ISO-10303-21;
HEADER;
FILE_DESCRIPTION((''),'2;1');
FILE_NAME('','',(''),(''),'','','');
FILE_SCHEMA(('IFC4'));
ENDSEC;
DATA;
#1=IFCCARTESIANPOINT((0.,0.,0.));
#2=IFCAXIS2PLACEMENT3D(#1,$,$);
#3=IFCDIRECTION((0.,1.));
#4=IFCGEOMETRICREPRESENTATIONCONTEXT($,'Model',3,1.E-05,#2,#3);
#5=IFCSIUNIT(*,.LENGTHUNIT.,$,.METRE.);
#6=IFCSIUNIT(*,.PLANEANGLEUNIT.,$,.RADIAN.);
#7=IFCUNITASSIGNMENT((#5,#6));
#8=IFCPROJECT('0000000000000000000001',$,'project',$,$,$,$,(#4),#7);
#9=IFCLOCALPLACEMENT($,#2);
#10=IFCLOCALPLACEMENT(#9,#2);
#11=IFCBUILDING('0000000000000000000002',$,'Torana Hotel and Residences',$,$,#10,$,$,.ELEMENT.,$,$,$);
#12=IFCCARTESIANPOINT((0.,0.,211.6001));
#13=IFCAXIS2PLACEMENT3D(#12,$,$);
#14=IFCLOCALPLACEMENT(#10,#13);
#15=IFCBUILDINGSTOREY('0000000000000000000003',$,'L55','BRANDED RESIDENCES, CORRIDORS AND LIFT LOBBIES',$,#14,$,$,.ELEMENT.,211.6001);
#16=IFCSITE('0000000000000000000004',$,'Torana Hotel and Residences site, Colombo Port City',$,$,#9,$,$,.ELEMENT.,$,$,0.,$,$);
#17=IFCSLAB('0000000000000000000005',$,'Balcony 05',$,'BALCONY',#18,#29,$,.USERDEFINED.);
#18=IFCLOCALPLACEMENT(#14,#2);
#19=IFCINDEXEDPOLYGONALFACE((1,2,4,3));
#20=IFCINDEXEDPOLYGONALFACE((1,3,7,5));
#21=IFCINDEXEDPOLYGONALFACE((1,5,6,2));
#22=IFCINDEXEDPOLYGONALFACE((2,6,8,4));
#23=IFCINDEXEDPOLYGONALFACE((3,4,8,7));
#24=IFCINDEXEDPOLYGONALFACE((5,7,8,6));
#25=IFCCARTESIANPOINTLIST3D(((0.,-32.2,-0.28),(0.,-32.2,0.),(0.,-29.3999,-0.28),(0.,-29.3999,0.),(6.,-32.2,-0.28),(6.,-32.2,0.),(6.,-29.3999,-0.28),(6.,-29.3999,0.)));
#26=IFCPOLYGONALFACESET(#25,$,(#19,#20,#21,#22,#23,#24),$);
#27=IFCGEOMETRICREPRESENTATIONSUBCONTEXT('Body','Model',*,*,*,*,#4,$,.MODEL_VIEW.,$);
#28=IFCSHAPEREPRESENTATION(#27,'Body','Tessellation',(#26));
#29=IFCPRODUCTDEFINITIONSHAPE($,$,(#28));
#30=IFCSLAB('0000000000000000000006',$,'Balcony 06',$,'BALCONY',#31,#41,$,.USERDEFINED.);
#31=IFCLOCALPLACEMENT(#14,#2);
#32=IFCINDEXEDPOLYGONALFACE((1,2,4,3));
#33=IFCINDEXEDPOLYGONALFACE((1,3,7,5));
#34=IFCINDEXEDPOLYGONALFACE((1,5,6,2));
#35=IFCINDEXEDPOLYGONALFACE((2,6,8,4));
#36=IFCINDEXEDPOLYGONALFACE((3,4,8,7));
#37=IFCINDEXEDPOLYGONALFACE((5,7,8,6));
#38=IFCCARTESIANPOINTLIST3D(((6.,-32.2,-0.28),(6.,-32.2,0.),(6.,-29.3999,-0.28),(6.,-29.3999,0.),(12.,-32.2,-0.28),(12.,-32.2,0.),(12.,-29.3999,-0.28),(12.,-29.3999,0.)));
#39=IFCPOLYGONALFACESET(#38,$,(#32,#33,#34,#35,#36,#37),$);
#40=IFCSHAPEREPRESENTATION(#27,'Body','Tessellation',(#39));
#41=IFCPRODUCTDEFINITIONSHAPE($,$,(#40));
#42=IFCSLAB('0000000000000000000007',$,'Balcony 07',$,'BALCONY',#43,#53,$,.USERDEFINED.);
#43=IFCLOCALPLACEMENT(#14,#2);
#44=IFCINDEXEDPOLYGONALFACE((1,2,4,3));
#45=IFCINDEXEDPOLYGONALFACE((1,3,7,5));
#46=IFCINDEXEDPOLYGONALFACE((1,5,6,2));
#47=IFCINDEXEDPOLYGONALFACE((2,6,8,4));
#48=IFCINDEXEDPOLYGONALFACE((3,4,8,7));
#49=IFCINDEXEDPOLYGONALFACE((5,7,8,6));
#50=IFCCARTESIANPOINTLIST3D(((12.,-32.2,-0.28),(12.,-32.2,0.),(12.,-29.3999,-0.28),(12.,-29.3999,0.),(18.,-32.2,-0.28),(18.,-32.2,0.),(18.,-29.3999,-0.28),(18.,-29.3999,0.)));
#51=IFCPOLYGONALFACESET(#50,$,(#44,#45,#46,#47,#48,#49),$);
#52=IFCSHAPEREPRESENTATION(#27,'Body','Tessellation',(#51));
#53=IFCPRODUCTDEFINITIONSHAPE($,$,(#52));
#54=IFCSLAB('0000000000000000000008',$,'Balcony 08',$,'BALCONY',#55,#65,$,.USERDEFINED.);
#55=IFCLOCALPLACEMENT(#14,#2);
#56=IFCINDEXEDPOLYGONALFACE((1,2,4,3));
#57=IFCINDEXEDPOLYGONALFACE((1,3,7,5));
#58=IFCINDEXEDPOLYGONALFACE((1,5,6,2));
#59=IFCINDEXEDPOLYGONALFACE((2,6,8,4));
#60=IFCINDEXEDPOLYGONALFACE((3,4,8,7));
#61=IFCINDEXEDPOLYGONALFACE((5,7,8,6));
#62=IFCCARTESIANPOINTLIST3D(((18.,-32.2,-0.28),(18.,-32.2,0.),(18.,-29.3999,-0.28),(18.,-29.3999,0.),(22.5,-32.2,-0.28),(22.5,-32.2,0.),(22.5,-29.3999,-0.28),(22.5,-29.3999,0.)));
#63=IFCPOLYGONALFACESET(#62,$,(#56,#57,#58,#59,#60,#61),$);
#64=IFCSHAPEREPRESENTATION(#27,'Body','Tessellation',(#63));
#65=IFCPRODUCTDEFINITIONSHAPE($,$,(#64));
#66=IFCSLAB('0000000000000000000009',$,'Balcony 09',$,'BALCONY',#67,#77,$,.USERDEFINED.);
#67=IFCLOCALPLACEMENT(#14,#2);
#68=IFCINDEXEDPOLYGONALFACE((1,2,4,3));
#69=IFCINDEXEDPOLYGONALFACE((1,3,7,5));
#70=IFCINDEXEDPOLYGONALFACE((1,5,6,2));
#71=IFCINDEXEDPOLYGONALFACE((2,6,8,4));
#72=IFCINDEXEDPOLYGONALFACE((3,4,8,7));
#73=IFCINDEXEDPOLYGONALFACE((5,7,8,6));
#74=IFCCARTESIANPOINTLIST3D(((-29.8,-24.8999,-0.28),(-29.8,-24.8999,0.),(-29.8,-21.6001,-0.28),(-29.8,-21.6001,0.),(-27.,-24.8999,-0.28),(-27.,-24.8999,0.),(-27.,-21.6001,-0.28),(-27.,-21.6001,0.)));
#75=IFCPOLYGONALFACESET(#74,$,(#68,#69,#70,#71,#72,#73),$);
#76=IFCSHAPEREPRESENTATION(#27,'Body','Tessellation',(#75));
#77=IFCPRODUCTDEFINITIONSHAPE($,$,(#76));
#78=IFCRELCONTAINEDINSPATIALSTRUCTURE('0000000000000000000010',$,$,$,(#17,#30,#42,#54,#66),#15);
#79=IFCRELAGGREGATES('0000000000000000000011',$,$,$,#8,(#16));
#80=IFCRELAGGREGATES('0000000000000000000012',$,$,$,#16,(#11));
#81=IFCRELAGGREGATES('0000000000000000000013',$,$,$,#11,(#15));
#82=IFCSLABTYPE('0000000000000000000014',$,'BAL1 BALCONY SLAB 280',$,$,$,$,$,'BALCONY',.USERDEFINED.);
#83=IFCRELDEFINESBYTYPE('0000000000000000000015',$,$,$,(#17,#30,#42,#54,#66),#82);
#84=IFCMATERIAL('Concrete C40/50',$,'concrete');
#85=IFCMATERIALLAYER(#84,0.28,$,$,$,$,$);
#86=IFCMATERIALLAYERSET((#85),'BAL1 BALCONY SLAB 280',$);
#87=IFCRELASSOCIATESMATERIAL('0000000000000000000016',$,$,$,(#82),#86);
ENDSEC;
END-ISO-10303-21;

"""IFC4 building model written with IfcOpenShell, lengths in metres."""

from ifc_helpers import new_model, si_unit, direction, frame, origin, place, context, subcontext, project, spatial, polyline, outline, extrude, material, layer, layer_set, type_object, element, save


model = new_model("IFC4")

# Units and contexts
model_context = context("Model", 3, precision=1e-05, world=origin(), true_north=direction((0.0, 1.0)))
body_context = subcontext(model_context, "Body", "Model", "MODEL_VIEW")
ifc_project = project(units=[si_unit("LENGTHUNIT", "METRE"), si_unit("PLANEANGLEUNIT", "RADIAN")], contexts=[model_context])

# Site, building, storey
site_placement = place(None, origin())
site = spatial("IfcSite", under=ifc_project, at=site_placement, Name="Torana Hotel and Residences site, Colombo Port City", CompositionType="ELEMENT", RefElevation=0.0)
building_placement = place(site_placement, origin())
building = spatial("IfcBuilding", under=site, at=building_placement, Name="Torana Hotel and Residences", CompositionType="ELEMENT")
storey_placement = place(building_placement, frame((0.0, 0.0, 211.6001)))
storey = spatial("IfcBuildingStorey", under=building, at=storey_placement, Name="L55", Description="BRANDED RESIDENCES, CORRIDORS AND LIFT LOBBIES", CompositionType="ELEMENT", Elevation=211.6001)

# Slabs
ifc_material_1 = material(Name="Concrete C40/50", Category="concrete")
ifc_layer_1 = layer(ifc_material_1, 0.28)
ifc_layer_set_1 = layer_set([ifc_layer_1], Name="BAL1 BALCONY SLAB 280")
slab_type = type_object("IfcSlabType", Name="BAL1 BALCONY SLAB 280", ElementType="BALCONY", PredefinedType="USERDEFINED", material=ifc_layer_set_1)
slab_1_placement = place(storey_placement, frame((0.0, 0.0, -0.28)))
element("IfcSlab", 1, at=slab_1_placement, inside=storey, type_object=slab_type, Name="Balcony 05", ObjectType="BALCONY", PredefinedType="USERDEFINED", context=body_context, shape_type="SweptSolid", body=[
    extrude(outline(polyline([(0.0, -32.2), (6.0, -32.2), (6.0, -29.3999), (0.0, -29.3999), (0.0, -32.2)])), origin(), (0.0, 0.0, 1.0), 0.28),
])
slab_2_placement = place(storey_placement, frame((0.0, 0.0, -0.28)))
element("IfcSlab", 2, at=slab_2_placement, inside=storey, type_object=slab_type, Name="Balcony 06", ObjectType="BALCONY", PredefinedType="USERDEFINED", context=body_context, shape_type="SweptSolid", body=[
    extrude(outline(polyline([(6.0, -32.2), (12.0, -32.2), (12.0, -29.3999), (6.0, -29.3999), (6.0, -32.2)])), origin(), (0.0, 0.0, 1.0), 0.28),
])
slab_3_placement = place(storey_placement, frame((0.0, 0.0, -0.28)))
element("IfcSlab", 3, at=slab_3_placement, inside=storey, type_object=slab_type, Name="Balcony 07", ObjectType="BALCONY", PredefinedType="USERDEFINED", context=body_context, shape_type="SweptSolid", body=[
    extrude(outline(polyline([(12.0, -32.2), (18.0, -32.2), (18.0, -29.3999), (12.0, -29.3999), (12.0, -32.2)])), origin(), (0.0, 0.0, 1.0), 0.28),
])
slab_4_placement = place(storey_placement, frame((0.0, 0.0, -0.28)))
element("IfcSlab", 4, at=slab_4_placement, inside=storey, type_object=slab_type, Name="Balcony 08", ObjectType="BALCONY", PredefinedType="USERDEFINED", context=body_context, shape_type="SweptSolid", body=[
    extrude(outline(polyline([(18.0, -32.2), (22.5, -32.2), (22.5, -29.3999), (18.0, -29.3999), (18.0, -32.2)])), origin(), (0.0, 0.0, 1.0), 0.28),
])
slab_5_placement = place(storey_placement, frame((0.0, 0.0, -0.28)))
element("IfcSlab", 5, at=slab_5_placement, inside=storey, type_object=slab_type, Name="Balcony 09", ObjectType="BALCONY", PredefinedType="USERDEFINED", context=body_context, shape_type="SweptSolid", body=[
    extrude(outline(polyline([(-29.8, -24.8999), (-27.0, -24.8999), (-27.0, -21.6001), (-29.8, -21.6001), (-29.8, -24.8999)])), origin(), (0.0, 0.0, 1.0), 0.28),
])

save(model, "model.ifc")
